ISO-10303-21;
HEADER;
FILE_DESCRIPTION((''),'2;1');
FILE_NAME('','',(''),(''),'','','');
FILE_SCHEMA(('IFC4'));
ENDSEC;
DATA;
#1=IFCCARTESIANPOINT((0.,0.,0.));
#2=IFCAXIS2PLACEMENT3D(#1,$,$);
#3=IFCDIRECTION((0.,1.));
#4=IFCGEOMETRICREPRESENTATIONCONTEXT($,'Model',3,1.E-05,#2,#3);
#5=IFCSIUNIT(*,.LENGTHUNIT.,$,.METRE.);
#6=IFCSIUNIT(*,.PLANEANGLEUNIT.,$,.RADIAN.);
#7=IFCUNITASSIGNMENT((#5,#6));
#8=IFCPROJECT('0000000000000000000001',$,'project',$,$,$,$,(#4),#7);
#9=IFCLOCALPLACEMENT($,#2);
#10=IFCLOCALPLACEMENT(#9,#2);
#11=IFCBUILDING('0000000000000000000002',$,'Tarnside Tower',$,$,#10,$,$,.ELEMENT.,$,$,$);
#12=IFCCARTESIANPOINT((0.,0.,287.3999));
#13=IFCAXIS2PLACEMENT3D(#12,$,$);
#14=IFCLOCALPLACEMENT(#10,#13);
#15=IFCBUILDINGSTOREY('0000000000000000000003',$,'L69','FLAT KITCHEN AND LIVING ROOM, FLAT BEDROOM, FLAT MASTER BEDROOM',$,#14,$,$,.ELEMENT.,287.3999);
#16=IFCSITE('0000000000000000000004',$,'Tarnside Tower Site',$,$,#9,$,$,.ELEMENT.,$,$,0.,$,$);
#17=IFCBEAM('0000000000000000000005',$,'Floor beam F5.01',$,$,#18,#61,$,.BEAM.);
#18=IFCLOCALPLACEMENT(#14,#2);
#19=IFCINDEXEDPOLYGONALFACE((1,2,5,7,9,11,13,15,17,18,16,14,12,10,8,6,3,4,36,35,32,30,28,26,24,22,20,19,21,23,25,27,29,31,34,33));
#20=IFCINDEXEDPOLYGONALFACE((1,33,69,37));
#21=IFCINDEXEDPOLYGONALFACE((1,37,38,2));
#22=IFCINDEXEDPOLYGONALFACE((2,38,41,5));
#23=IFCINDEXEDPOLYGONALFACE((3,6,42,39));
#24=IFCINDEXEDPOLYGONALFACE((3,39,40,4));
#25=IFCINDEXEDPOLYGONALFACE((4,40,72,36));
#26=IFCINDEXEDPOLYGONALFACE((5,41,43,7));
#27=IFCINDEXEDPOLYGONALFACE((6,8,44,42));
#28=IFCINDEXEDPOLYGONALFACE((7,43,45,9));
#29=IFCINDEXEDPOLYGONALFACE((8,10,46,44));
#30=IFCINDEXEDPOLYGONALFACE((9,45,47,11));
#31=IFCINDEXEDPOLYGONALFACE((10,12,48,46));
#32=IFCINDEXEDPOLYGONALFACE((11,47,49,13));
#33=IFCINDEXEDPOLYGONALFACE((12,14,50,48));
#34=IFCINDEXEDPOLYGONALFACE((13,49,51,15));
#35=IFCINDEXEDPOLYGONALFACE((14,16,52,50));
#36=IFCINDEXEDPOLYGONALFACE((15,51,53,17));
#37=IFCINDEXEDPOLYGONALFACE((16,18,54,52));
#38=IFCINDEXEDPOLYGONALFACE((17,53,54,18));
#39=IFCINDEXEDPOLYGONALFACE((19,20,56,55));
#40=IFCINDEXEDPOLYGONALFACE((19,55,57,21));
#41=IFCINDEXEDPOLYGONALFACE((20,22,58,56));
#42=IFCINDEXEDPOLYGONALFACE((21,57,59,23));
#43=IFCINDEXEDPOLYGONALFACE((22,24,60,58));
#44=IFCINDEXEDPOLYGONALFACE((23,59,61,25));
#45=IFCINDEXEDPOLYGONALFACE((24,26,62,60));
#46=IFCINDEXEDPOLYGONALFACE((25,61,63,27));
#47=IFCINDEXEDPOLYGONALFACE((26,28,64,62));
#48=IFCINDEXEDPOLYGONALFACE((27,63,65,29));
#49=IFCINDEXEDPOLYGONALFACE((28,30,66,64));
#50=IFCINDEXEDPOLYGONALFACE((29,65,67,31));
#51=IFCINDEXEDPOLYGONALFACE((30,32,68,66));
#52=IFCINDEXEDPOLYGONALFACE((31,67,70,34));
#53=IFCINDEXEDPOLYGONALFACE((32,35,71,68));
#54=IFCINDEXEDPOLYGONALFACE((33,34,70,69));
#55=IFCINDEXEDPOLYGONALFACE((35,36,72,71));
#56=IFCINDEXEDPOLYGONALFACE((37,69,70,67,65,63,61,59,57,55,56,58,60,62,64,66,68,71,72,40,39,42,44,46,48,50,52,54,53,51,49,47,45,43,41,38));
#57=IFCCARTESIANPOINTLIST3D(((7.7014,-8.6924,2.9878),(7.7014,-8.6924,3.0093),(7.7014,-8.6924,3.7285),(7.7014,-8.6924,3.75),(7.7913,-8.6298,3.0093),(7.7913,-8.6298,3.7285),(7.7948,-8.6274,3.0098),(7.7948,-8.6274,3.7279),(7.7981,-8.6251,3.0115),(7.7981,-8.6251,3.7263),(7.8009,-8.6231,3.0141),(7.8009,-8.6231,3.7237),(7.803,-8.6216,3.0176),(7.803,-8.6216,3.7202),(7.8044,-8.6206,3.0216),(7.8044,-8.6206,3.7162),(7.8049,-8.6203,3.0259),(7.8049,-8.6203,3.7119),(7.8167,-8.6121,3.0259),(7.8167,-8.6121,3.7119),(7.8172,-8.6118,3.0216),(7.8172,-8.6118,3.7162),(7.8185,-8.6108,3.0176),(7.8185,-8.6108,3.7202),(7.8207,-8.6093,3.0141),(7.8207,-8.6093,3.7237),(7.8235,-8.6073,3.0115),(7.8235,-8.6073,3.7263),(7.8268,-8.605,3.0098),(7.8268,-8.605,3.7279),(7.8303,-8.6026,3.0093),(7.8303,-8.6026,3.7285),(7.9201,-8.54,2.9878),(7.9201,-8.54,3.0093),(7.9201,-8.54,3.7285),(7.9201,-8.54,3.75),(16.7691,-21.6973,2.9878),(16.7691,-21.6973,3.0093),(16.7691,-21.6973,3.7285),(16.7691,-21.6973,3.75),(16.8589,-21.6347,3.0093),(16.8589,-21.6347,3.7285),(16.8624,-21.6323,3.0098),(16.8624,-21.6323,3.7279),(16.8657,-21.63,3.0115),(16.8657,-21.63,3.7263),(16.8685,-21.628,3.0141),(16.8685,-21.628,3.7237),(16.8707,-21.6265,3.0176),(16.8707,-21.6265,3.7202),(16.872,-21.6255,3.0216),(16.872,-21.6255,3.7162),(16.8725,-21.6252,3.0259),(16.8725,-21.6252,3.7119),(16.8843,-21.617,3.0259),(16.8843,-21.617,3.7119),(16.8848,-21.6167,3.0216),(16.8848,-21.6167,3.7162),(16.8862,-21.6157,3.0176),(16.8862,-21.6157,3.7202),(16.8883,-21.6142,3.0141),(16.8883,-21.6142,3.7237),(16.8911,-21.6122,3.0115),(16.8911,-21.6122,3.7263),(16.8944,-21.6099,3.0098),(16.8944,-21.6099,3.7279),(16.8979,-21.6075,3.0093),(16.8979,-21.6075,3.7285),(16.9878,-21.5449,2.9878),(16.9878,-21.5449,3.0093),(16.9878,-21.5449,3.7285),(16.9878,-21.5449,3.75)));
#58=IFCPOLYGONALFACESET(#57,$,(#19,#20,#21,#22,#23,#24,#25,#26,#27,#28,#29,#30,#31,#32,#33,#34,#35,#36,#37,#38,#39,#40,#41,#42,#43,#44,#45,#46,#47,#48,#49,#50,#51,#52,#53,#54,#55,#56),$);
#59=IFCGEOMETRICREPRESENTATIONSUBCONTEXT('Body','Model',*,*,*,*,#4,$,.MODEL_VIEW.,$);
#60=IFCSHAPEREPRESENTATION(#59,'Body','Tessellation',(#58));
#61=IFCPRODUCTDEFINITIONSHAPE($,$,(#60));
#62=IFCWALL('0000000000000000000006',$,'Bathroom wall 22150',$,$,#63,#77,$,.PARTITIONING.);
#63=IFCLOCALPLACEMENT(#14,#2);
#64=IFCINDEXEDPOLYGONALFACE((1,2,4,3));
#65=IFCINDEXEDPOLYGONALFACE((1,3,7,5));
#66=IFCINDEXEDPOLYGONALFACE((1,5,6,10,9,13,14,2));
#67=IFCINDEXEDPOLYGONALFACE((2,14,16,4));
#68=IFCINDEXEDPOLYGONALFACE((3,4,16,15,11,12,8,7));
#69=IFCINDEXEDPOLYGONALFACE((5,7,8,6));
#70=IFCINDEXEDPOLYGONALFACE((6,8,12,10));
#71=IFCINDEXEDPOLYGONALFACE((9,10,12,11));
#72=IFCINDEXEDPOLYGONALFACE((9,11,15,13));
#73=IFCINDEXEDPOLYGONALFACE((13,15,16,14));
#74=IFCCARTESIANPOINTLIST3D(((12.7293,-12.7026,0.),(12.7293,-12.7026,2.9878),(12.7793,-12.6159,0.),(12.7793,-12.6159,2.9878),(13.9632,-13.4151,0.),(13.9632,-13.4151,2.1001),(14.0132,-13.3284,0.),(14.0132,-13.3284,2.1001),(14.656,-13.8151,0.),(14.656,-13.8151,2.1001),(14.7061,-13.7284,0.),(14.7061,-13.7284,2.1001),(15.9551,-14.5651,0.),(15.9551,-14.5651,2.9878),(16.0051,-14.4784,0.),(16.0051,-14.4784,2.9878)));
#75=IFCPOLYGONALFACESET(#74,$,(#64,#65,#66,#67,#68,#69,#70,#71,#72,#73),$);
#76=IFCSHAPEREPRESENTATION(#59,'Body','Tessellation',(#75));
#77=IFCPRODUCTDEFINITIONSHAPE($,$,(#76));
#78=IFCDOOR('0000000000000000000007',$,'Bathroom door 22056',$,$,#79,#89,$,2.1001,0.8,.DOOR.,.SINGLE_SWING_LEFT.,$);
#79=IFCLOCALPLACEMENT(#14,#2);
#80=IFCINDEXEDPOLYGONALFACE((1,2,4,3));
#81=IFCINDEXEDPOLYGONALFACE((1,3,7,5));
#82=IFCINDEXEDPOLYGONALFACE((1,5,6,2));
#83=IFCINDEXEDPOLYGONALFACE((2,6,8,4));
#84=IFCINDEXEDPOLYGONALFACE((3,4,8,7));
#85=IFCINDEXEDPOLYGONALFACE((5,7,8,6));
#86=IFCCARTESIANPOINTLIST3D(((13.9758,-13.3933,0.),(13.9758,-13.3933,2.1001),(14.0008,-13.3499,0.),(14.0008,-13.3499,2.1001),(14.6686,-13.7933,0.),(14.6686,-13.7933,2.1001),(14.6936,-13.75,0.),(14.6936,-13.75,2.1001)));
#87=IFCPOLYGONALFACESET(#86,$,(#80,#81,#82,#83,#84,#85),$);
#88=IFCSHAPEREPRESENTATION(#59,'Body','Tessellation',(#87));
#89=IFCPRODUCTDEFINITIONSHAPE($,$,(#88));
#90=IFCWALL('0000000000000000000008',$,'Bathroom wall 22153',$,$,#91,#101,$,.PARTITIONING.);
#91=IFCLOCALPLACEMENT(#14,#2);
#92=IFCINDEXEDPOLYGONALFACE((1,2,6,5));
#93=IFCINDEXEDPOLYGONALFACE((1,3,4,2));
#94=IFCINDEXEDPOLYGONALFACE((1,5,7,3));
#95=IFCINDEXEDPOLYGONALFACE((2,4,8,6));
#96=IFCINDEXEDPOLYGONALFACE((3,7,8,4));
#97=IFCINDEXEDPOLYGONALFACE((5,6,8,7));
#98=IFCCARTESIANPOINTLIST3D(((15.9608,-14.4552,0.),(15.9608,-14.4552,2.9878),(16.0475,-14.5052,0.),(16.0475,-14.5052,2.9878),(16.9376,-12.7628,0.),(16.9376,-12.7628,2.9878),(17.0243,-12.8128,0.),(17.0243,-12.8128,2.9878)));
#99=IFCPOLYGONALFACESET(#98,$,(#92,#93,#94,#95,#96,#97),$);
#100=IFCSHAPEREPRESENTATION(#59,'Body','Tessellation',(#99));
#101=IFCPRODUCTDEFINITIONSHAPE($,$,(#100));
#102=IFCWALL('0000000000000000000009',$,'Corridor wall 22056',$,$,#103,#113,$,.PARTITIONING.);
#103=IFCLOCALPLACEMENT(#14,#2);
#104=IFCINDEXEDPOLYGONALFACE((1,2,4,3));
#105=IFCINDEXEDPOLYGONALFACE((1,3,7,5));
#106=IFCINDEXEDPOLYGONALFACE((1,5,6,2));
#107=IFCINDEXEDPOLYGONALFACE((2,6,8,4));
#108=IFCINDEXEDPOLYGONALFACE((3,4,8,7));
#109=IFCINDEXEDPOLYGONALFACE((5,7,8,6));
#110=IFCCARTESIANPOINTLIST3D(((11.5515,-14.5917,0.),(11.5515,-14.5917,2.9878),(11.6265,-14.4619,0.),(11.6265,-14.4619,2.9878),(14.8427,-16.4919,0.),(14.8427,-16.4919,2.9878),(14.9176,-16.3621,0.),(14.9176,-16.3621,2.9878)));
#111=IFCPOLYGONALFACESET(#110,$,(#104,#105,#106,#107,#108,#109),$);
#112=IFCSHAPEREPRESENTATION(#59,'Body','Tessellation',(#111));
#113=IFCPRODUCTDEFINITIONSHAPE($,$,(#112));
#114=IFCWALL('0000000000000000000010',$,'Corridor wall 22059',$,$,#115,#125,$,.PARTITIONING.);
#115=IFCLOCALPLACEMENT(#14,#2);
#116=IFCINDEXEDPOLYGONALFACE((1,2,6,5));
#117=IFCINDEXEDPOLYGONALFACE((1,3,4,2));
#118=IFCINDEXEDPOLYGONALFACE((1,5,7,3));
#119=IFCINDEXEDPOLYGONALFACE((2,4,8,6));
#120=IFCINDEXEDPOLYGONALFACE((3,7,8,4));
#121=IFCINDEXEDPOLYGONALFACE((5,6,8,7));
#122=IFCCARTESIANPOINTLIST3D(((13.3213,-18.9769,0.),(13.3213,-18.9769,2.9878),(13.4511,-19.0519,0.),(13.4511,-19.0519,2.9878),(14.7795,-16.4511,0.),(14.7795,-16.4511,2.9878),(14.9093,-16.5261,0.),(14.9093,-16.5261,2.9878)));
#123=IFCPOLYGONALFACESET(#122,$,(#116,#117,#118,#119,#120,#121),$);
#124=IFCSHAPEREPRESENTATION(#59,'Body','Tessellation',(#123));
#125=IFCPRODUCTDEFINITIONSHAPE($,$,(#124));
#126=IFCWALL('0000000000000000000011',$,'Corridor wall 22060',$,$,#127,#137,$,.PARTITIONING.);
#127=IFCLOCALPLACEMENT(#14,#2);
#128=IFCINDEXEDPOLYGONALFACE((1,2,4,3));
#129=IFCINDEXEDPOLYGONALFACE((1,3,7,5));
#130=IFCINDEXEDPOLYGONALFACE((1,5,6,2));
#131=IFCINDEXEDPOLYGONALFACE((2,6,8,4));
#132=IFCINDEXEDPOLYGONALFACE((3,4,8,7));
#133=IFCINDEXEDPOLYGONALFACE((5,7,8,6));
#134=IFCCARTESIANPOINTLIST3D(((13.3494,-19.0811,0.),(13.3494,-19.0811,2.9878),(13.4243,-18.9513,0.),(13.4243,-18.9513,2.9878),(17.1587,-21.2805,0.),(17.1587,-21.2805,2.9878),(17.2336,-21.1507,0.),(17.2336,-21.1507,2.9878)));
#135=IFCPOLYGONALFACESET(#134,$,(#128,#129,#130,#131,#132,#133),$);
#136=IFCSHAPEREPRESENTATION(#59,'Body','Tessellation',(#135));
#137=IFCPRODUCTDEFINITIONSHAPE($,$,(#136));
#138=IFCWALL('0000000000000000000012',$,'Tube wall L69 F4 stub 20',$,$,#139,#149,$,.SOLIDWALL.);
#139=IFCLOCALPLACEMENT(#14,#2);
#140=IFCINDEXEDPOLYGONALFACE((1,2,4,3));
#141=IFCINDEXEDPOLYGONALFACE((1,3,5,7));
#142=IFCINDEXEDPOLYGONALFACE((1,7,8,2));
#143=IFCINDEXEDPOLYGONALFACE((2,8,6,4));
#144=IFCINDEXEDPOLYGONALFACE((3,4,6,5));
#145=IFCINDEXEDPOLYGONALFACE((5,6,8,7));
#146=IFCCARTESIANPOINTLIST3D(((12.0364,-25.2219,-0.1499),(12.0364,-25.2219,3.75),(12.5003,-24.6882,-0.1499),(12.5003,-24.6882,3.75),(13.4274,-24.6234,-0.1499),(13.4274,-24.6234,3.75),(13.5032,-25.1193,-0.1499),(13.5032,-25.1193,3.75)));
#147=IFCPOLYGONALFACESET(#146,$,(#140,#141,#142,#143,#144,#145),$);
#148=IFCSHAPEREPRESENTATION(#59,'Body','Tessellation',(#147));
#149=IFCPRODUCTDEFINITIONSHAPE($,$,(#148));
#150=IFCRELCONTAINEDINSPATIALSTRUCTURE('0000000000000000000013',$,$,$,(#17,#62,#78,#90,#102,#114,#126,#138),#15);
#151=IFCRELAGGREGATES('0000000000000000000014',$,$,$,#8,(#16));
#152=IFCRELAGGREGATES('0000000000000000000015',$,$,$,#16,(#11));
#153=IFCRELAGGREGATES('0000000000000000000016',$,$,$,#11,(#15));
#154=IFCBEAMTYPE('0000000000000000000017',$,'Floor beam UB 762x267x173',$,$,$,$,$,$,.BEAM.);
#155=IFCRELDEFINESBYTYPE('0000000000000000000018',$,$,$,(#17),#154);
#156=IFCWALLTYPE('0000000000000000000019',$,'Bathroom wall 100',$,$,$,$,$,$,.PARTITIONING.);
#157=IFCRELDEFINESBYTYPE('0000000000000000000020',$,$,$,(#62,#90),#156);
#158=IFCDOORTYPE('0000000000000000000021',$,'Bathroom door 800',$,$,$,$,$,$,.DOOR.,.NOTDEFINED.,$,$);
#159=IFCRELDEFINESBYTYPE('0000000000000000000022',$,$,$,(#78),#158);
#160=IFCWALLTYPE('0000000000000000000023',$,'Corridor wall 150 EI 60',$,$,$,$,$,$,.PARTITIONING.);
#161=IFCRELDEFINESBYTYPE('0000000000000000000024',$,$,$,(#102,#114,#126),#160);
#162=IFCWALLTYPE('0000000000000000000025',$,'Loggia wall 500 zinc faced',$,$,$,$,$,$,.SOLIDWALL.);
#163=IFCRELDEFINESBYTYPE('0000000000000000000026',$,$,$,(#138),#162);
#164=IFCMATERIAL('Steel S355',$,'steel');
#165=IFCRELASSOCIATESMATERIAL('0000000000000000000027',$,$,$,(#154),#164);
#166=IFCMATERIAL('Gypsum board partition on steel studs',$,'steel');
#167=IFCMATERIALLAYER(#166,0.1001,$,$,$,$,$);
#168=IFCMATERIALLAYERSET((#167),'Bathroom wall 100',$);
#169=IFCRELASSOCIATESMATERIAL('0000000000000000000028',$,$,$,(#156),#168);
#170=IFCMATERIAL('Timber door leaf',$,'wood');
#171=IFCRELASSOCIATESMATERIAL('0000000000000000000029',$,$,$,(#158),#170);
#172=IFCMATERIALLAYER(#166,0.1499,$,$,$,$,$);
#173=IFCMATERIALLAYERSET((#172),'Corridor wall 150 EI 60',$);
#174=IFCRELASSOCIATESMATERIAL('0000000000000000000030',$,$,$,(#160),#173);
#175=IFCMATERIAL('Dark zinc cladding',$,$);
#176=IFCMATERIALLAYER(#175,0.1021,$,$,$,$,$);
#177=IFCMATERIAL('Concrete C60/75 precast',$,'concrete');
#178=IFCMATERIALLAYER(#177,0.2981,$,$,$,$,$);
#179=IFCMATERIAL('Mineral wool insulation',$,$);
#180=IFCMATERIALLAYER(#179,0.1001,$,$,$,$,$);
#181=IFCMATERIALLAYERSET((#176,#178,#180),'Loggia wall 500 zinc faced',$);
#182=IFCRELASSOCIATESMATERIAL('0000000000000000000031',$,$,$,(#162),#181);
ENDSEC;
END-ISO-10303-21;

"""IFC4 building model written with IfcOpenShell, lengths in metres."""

from ifc_helpers import new_model, si_unit, direction, frame, frame_2d, origin, origin_2d, place, context, subcontext, project, spatial, polyline, rectangle, i_section, outline, extrude, material, layer, layer_set, material_profile, profile_set, type_object, element, fill, save


model = new_model("IFC4")

# Units and contexts
model_context = context("Model", 3, precision=1e-05, world=origin(), true_north=direction((0.0, 1.0)))
body_context = subcontext(model_context, "Body", "Model", "MODEL_VIEW")
ifc_project = project(units=[si_unit("LENGTHUNIT", "METRE"), si_unit("PLANEANGLEUNIT", "RADIAN")], contexts=[model_context])

# Site, building, storey
site_placement = place(None, origin())
site = spatial("IfcSite", under=ifc_project, at=site_placement, Name="Tarnside Tower Site", CompositionType="ELEMENT", RefElevation=0.0)
building_placement = place(site_placement, origin())
building = spatial("IfcBuilding", under=site, at=building_placement, Name="Tarnside Tower", CompositionType="ELEMENT")
storey_placement = place(building_placement, frame((0.0, 0.0, 287.3999)))
storey = spatial("IfcBuildingStorey", under=building, at=storey_placement, Name="L69", Description="FLAT KITCHEN AND LIVING ROOM, FLAT BEDROOM, FLAT MASTER BEDROOM", CompositionType="ELEMENT", Elevation=287.3999)

# Beam
ifc_material_1 = material(Name="Steel S355", Category="steel")
ifc_material_profile_1 = material_profile(ifc_material_1, i_section(OverallWidth=0.2666, OverallDepth=0.7622, WebThickness=0.0144, FlangeThickness=0.0215, FilletRadius=0.0166, at=origin_2d()), Name="UB 762x267x173")
ifc_profile_set_1 = profile_set([ifc_material_profile_1], Name="Steel S355")
beam_type_1 = type_object("IfcBeamType", Name="Floor beam UB 762x267x173", PredefinedType="BEAM", material=ifc_profile_set_1)
beam_1_placement = place(storey_placement, frame((16.8784, -21.6211, 3.3689), z_axis=(-0.571946, 0.820291, 0.0), x_axis=(-0.820291, -0.571946, 0.0)))
element("IfcBeam", 1, at=beam_1_placement, inside=storey, type_object=beam_type_1, Name="Floor beam F5.01", PredefinedType="BEAM", context=body_context, shape_type="SweptSolid", body=[
    extrude(i_section(OverallWidth=0.2666, OverallDepth=0.7622, WebThickness=0.0144, FlangeThickness=0.0215, FilletRadius=0.0166, at=origin_2d()), origin(), (0.0, 0.0, 1.0), 15.854),
])

# Wall, opening, door
ifc_material_2 = material(Name="Gypsum board partition on steel studs", Category="steel")
ifc_layer_1 = layer(ifc_material_2, 0.1001)
ifc_layer_set_1 = layer_set([ifc_layer_1], Name="Bathroom wall 100")
wall_type_1 = type_object("IfcWallType", Name="Bathroom wall 100", PredefinedType="PARTITIONING", material=ifc_layer_set_1)
wall_1_placement = place(storey_placement, frame((15.98, -14.5217, 0.0), z_axis=(0.0, 0.0, 1.0), x_axis=(-0.866012, 0.500023, 0.0)))
wall_1 = element("IfcWall", 2, at=wall_1_placement, inside=storey, type_object=wall_type_1, Name="Bathroom wall 22150", PredefinedType="PARTITIONING", context=body_context, shape_type="SweptSolid", body=[
    extrude(rectangle(XDim=3.7249, YDim=0.1001, at=frame_2d((1.8623, 0.0))), origin(), (0.0, 0.0, 1.0), 2.9878),
])
opening_1_placement = place(wall_1_placement, frame((1.5, 0.0, 0.0)))
opening_1 = element("IfcOpeningElement", 3, at=opening_1_placement, cuts=wall_1, PredefinedType="OPENING", context=body_context, shape_type="SweptSolid", body=[
    extrude(rectangle(XDim=0.8, YDim=2.1001, at=frame_2d((0.3999, 1.05))), frame((0.0, 0.0601, 0.0), z_axis=(0.0, -1.0, 0.0), x_axis=(1.0, 0.0, 0.0)), (0.0, 0.0, 1.0), 0.1201),
])
ifc_material_3 = material(Name="Timber door leaf", Category="wood")
door_type_1 = type_object("IfcDoorType", Name="Bathroom door 800", OperationType="NOTDEFINED", PredefinedType="DOOR", material=ifc_material_3)
door_1_placement = place(opening_1_placement, origin())
door_1 = element("IfcDoor", 4, at=door_1_placement, inside=storey, type_object=door_type_1, Name="Bathroom door 22056", OperationType="SINGLE_SWING_LEFT", OverallHeight=2.1001, OverallWidth=0.8, PredefinedType="DOOR", context=body_context, shape_type="SweptSolid", body=[
    extrude(rectangle(XDim=0.8, YDim=2.1001, at=frame_2d((0.3999, 1.05))), frame((0.0, 0.0249, 0.0), z_axis=(0.0, -1.0, 0.0), x_axis=(1.0, 0.0, 0.0)), (0.0, 0.0, 1.0), 0.05),
])
fill(opening_1, door_1)

# Walls
wall_2_placement = place(storey_placement, frame((16.0042, -14.4802, 0.0), z_axis=(0.0, 0.0, 1.0), x_axis=(0.499888, 0.86609, 0.0)))
element("IfcWall", 5, at=wall_2_placement, inside=storey, type_object=wall_type_1, Name="Bathroom wall 22153", PredefinedType="PARTITIONING", context=body_context, shape_type="SweptSolid", body=[
    extrude(rectangle(XDim=1.9541, YDim=0.1001, at=frame_2d((0.9771, 0.0))), origin(), (0.0, 0.0, 1.0), 2.9878),
])
ifc_layer_2 = layer(ifc_material_2, 0.1499)
ifc_layer_set_2 = layer_set([ifc_layer_2], Name="Corridor wall 150 EI 60")
wall_type_2 = type_object("IfcWallType", Name="Corridor wall 150 EI 60", PredefinedType="PARTITIONING", material=ifc_layer_set_2)
wall_3_placement = place(storey_placement, frame((14.8801, -16.427, 0.0), z_axis=(0.0, 0.0, 1.0), x_axis=(-0.866017, 0.500015, 0.0)))
element("IfcWall", 6, at=wall_3_placement, inside=storey, type_object=wall_type_2, Name="Corridor wall 22056", PredefinedType="PARTITIONING", context=body_context, shape_type="SweptSolid", body=[
    extrude(rectangle(XDim=3.8003, YDim=0.1499, at=frame_2d((1.9001, 0.0))), origin(), (0.0, 0.0, 1.0), 2.9878),
])
wall_4_placement = place(storey_placement, frame((13.3862, -19.0144, 0.0), z_axis=(0.0, 0.0, 1.0), x_axis=(0.499983, 0.866035, 0.0)))
element("IfcWall", 7, at=wall_4_placement, inside=storey, type_object=wall_type_2, Name="Corridor wall 22059", PredefinedType="PARTITIONING", context=body_context, shape_type="SweptSolid", body=[
    extrude(rectangle(XDim=2.9165, YDim=0.1499, at=frame_2d((1.4583, 0.0))), origin(), (0.0, 0.0, 1.0), 2.9878),
])
wall_5_placement = place(storey_placement, frame((17.196, -21.2156, 0.0), z_axis=(0.0, 0.0, 1.0), x_axis=(-0.866011, 0.500025, 0.0)))
element("IfcWall", 8, at=wall_5_placement, inside=storey, type_object=wall_type_2, Name="Corridor wall 22060", PredefinedType="PARTITIONING", context=body_context, shape_type="SweptSolid", body=[
    extrude(rectangle(XDim=4.3987, YDim=0.1499, at=frame_2d((2.1992, 0.0))), origin(), (0.0, 0.0, 1.0), 2.9878),
])
ifc_material_4 = material(Name="Dark zinc cladding")
ifc_layer_3 = layer(ifc_material_4, 0.1021)
ifc_material_5 = material(Name="Concrete C60/75 precast", Category="concrete")
ifc_layer_4 = layer(ifc_material_5, 0.2981)
ifc_material_6 = material(Name="Mineral wool insulation")
ifc_layer_5 = layer(ifc_material_6, 0.1001)
ifc_layer_set_3 = layer_set([ifc_layer_3, ifc_layer_4, ifc_layer_5], Name="Loggia wall 500 zinc faced")
wall_type_3 = type_object("IfcWallType", Name="Loggia wall 500 zinc faced", PredefinedType="SOLIDWALL", material=ifc_layer_set_3)
wall_6_placement = place(storey_placement, frame((12.2683, -24.9551, -0.1499), z_axis=(0.0, 0.0, 1.0), x_axis=(0.997562, 0.069787, 0.0)))
element("IfcWall", 9, at=wall_6_placement, inside=storey, type_object=wall_type_3, Name="Tube wall L69 F4 stub 20", PredefinedType="SOLIDWALL", context=body_context, shape_type="SweptSolid", body=[
    extrude(outline(polyline([(-0.25, -0.25), (1.2205, -0.25), (1.1794, 0.25), (0.25, 0.25), (-0.25, -0.25)])), origin(), (0.0, 0.0, 1.0), 3.8999),
])

save(model, "model.ifc")
